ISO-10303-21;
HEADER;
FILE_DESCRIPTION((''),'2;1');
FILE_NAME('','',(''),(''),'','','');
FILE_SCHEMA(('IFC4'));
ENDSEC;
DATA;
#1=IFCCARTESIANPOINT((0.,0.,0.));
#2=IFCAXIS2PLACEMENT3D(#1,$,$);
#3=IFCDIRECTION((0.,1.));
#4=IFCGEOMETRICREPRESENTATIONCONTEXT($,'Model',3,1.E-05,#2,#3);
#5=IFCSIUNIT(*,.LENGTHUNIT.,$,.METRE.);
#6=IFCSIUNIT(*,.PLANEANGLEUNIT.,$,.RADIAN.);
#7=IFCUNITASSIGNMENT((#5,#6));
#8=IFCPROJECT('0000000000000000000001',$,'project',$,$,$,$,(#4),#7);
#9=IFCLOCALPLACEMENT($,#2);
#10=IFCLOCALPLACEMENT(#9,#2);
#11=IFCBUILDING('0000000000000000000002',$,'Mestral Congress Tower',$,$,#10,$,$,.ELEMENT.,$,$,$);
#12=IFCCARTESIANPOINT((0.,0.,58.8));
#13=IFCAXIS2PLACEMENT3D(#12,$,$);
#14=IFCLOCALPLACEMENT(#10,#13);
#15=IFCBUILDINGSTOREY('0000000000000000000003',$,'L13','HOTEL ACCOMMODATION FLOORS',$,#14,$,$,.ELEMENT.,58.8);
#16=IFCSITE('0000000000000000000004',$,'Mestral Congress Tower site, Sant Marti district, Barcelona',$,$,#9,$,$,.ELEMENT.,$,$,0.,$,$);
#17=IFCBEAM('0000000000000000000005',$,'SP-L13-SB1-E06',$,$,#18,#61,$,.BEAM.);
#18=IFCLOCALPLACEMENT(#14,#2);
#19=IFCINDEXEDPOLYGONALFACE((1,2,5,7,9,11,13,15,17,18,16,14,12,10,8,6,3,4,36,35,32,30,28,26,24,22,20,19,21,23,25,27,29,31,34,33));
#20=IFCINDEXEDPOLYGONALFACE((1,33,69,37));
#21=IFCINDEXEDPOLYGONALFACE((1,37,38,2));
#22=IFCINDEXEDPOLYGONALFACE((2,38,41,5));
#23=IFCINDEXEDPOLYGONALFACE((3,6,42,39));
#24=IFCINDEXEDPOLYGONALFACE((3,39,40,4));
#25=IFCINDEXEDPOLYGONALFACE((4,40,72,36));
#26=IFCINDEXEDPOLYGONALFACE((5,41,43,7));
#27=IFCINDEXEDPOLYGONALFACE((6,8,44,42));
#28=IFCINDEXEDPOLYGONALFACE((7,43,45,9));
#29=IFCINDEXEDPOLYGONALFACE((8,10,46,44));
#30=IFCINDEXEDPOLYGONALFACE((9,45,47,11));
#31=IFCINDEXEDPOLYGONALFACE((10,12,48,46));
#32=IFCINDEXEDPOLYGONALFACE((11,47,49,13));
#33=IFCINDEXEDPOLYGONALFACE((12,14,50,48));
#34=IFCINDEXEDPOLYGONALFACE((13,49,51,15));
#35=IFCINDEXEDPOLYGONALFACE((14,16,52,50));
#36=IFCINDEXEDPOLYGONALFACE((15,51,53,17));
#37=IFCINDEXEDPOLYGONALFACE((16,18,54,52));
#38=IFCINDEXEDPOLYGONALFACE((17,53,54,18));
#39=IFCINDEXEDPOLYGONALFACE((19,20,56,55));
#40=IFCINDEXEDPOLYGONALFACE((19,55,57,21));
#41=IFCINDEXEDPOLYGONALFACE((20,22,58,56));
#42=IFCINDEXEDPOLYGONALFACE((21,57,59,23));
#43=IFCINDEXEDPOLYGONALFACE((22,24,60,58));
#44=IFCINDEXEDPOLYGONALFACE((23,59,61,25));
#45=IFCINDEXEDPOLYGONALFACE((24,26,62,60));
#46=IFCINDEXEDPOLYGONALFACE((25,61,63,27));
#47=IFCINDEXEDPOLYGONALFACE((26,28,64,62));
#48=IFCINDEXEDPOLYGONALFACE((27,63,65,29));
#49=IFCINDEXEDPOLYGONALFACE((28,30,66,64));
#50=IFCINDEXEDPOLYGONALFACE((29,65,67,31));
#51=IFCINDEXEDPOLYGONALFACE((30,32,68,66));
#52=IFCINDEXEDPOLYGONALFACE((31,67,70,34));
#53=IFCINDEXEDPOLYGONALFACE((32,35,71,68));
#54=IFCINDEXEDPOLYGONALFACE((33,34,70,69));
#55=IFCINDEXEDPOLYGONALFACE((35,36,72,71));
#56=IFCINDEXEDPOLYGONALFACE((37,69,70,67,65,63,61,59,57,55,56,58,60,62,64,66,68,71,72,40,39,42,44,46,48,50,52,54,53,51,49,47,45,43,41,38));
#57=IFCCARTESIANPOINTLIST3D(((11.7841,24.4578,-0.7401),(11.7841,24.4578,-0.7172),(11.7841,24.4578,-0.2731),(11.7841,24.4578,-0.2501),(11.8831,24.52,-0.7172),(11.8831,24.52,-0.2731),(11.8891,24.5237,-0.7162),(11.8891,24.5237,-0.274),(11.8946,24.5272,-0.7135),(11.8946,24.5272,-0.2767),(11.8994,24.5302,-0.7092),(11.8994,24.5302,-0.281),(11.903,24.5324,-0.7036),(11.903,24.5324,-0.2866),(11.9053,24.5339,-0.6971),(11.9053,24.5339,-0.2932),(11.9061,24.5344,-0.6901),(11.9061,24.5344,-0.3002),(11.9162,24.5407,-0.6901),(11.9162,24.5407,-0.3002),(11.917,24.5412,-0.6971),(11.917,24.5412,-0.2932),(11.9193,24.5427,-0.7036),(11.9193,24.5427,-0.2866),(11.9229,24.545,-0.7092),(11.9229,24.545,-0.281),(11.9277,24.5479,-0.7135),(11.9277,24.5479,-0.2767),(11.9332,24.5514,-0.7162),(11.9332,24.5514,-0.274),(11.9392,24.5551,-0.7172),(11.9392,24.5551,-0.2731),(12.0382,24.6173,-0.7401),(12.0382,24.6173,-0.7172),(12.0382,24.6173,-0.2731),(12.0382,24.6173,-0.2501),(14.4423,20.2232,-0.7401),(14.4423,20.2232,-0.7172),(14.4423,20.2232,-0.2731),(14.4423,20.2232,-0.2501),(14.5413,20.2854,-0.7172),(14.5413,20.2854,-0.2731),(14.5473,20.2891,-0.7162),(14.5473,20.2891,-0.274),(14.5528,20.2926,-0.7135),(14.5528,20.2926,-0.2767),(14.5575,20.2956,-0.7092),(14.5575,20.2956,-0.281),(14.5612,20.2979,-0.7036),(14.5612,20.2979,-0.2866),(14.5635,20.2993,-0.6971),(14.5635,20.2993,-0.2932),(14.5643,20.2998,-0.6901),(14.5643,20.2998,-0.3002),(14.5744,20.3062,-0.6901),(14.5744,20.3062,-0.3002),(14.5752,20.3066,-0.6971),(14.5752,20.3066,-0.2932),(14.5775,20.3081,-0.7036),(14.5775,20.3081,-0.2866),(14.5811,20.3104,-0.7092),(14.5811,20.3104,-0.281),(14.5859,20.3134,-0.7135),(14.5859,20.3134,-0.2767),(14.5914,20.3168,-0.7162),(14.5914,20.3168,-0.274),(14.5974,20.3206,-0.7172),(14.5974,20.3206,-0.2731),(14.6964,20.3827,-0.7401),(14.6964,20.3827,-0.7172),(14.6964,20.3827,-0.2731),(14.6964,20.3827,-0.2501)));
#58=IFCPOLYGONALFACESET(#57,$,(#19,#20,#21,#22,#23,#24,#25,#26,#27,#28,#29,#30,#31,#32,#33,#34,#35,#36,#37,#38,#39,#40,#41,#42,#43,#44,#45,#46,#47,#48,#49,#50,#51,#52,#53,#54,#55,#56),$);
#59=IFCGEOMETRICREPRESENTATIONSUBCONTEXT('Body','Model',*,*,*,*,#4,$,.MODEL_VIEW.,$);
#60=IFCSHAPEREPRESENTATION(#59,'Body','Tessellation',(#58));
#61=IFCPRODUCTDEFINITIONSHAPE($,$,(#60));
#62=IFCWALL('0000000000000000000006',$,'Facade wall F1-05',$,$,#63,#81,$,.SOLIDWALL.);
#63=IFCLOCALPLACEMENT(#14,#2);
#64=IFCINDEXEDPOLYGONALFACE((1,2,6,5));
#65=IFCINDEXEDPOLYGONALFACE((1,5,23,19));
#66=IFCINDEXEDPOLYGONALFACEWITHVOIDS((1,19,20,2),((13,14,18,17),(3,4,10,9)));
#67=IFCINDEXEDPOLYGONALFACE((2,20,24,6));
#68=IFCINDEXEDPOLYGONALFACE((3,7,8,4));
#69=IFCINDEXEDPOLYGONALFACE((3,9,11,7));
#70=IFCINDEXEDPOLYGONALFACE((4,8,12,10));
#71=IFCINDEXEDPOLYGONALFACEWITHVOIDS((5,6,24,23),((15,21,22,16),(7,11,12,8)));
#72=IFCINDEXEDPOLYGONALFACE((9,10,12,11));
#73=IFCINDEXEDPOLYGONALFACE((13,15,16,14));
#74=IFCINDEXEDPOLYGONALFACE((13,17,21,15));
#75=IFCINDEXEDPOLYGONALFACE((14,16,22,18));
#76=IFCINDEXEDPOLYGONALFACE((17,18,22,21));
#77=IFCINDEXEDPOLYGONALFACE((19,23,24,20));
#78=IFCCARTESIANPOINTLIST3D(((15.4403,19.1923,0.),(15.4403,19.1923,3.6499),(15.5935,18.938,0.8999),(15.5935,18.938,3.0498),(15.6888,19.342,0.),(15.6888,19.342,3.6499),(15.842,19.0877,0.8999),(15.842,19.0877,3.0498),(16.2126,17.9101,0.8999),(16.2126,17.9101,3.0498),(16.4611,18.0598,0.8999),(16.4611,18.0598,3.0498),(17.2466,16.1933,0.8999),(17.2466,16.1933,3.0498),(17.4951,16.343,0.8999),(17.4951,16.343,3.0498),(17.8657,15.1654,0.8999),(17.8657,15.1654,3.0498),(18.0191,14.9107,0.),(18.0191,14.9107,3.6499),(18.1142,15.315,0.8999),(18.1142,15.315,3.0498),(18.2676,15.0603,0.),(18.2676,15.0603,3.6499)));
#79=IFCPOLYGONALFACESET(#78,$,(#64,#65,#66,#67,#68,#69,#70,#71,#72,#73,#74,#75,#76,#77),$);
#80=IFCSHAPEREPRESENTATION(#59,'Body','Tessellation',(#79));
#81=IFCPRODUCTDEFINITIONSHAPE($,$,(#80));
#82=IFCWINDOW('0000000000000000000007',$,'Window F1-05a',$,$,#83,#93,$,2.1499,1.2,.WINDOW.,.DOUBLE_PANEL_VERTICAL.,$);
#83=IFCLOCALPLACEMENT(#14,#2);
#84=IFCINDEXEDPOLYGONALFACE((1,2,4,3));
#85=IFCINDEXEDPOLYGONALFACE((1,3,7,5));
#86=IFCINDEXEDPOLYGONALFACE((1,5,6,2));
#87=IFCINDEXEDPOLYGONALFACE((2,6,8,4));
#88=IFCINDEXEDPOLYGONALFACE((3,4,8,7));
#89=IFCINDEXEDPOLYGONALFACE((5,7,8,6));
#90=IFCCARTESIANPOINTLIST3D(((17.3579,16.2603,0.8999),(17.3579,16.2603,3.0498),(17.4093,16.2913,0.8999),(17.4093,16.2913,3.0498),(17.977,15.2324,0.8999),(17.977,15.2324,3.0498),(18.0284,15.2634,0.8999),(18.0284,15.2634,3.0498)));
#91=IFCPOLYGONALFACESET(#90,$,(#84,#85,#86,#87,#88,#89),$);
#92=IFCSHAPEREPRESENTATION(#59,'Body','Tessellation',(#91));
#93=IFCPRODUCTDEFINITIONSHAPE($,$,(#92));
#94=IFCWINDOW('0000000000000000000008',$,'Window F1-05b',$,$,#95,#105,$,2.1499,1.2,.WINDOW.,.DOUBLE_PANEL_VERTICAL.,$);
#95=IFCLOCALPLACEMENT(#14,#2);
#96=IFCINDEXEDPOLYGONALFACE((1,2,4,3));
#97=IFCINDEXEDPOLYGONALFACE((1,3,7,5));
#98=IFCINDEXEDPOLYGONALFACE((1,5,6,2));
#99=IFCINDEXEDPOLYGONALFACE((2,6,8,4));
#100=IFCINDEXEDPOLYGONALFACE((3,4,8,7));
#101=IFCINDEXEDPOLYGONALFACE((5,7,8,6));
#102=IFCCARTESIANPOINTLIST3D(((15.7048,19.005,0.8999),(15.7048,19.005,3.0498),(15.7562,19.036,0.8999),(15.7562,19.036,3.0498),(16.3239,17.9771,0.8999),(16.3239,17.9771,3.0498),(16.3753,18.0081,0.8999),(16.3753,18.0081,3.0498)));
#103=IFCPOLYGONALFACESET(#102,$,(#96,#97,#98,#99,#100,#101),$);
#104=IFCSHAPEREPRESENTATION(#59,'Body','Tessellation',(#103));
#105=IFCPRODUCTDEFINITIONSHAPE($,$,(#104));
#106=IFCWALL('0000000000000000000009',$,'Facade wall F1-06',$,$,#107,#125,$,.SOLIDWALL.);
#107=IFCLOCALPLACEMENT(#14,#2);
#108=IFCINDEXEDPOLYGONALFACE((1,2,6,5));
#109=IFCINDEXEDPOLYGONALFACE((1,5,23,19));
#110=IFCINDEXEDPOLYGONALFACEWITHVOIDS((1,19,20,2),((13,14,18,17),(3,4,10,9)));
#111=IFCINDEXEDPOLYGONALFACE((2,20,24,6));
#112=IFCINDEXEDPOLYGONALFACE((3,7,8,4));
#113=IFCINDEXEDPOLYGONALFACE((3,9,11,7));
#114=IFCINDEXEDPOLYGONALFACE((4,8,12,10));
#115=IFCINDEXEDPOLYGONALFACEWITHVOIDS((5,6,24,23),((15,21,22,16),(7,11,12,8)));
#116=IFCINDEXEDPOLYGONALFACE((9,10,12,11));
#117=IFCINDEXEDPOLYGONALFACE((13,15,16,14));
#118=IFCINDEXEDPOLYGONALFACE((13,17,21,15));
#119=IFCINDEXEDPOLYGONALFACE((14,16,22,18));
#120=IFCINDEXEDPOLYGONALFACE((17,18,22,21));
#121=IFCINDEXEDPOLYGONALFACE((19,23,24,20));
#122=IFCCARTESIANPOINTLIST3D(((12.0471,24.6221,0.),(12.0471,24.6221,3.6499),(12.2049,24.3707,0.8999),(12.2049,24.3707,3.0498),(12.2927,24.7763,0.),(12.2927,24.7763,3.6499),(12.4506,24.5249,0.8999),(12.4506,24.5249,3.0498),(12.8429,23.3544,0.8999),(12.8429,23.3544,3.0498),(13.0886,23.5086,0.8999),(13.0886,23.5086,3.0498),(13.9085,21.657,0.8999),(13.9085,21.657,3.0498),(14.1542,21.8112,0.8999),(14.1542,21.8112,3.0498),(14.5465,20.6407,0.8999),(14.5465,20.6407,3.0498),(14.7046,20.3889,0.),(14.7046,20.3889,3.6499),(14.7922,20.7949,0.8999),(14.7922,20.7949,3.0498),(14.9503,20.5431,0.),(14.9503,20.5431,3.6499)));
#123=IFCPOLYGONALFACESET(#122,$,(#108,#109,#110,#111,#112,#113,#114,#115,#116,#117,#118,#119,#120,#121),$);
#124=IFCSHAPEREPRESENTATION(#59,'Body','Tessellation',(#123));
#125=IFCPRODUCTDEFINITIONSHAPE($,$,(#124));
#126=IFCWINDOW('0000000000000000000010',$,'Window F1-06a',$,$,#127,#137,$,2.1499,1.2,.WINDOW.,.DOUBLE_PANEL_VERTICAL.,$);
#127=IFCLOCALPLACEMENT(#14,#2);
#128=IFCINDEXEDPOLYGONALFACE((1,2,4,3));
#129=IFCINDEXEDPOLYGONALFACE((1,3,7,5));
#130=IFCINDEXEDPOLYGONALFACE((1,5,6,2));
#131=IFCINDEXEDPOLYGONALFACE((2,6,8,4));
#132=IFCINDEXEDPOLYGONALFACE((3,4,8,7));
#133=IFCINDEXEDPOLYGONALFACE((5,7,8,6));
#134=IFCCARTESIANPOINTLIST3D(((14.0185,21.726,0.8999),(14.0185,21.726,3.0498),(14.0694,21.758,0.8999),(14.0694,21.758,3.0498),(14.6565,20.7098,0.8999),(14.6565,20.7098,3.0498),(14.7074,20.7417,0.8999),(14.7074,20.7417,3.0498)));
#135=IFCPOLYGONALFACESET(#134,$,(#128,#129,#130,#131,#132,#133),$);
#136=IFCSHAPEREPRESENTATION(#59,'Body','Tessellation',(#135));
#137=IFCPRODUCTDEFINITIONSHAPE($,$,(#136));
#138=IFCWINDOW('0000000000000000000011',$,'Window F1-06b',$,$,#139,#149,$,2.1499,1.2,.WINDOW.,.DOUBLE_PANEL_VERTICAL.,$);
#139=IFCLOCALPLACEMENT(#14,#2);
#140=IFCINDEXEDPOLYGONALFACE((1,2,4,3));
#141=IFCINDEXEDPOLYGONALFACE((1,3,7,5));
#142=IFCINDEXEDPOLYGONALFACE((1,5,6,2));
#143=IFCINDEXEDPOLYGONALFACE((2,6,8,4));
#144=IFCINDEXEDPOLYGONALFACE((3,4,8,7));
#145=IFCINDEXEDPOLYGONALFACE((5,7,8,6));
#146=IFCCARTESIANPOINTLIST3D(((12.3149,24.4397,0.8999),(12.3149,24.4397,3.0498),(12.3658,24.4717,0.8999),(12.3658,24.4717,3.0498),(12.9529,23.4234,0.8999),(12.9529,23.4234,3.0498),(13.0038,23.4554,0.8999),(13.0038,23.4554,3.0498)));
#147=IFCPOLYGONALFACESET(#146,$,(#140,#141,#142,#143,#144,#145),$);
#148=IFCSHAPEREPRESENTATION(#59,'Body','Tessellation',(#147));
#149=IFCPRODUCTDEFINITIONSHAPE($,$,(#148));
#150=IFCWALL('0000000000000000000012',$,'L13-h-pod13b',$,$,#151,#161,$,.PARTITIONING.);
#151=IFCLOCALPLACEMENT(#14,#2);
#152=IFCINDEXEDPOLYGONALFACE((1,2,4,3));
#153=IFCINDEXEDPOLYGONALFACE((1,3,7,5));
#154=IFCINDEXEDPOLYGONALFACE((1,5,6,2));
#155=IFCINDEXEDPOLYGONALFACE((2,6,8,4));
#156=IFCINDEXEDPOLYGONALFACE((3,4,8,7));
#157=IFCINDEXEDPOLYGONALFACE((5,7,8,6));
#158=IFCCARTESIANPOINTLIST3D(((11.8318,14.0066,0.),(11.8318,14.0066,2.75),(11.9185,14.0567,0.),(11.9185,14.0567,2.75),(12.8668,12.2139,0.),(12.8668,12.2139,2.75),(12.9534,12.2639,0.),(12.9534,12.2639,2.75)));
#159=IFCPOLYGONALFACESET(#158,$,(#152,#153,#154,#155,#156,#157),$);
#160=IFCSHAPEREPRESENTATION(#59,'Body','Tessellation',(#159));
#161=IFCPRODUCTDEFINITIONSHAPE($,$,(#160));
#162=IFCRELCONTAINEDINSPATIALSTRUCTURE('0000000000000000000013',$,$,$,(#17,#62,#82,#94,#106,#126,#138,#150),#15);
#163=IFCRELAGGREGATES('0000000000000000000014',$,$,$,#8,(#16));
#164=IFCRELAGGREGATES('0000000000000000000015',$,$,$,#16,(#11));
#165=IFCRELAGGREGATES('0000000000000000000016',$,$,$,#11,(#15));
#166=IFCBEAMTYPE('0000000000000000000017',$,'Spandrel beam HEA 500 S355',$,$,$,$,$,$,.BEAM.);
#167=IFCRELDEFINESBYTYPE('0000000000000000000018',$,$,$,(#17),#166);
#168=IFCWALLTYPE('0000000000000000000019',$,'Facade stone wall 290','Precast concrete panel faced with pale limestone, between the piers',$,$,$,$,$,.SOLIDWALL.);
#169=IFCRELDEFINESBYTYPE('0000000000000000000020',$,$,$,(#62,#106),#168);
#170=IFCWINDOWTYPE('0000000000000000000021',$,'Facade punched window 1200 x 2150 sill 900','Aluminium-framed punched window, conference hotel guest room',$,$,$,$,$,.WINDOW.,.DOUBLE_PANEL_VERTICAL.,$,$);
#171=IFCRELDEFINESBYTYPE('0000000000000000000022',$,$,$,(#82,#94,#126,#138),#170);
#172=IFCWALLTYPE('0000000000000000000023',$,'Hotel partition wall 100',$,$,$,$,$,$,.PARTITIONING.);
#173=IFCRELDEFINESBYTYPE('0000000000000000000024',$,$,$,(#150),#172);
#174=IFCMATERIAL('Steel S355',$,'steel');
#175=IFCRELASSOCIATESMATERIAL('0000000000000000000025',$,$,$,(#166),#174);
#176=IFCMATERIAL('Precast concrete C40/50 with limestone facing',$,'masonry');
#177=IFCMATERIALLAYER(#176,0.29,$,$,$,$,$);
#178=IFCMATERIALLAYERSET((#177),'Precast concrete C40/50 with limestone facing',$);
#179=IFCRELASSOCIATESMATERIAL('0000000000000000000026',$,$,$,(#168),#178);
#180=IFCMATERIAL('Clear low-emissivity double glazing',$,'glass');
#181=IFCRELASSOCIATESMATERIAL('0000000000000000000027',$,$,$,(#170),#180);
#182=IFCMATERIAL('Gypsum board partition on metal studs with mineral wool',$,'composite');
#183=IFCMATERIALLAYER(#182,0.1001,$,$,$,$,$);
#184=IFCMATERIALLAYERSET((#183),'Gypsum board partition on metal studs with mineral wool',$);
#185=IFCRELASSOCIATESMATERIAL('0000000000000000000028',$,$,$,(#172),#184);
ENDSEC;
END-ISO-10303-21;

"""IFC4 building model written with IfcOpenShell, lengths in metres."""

from ifc_helpers import new_model, si_unit, direction, frame, frame_2d, origin, origin_2d, place, context, subcontext, project, spatial, rectangle, i_section, extrude, material, layer, layer_set, material_profile, profile_set, type_object, element, fill, save


model = new_model("IFC4")

# Units and contexts
model_context = context("Model", 3, precision=1e-05, world=origin(), true_north=direction((0.0, 1.0)))
body_context = subcontext(model_context, "Body", "Model", "MODEL_VIEW")
ifc_project = project(units=[si_unit("LENGTHUNIT", "METRE"), si_unit("PLANEANGLEUNIT", "RADIAN")], contexts=[model_context])

# Site, building, storey
site_placement = place(None, origin())
site = spatial("IfcSite", under=ifc_project, at=site_placement, Name="Mestral Congress Tower site, Sant Marti district, Barcelona", CompositionType="ELEMENT", RefElevation=0.0)
building_placement = place(site_placement, origin())
building = spatial("IfcBuilding", under=site, at=building_placement, Name="Mestral Congress Tower", CompositionType="ELEMENT")
storey_placement = place(building_placement, frame((0.0, 0.0, 58.8)))
storey = spatial("IfcBuildingStorey", under=building, at=storey_placement, Name="L13", Description="HOTEL ACCOMMODATION FLOORS", CompositionType="ELEMENT", Elevation=58.8)

# Beam
ifc_material_1 = material(Name="Steel S355", Category="steel")
ifc_material_profile_1 = material_profile(ifc_material_1, i_section(OverallWidth=0.3, OverallDepth=0.49, WebThickness=0.012, FlangeThickness=0.0229, FilletRadius=0.0271, at=origin_2d()), Name="HEA 500")
ifc_profile_set_1 = profile_set([ifc_material_profile_1], Name="Steel S355")
beam_type_1 = type_object("IfcBeamType", Name="Spandrel beam HEA 500 S355", PredefinedType="BEAM", material=ifc_profile_set_1)
for number, where, z_axis, x_axis, name in (
    (1, (14.5693, 20.303, -0.4951), (-0.531661, 0.846957, 0.0), (-0.846957, -0.531661, 0.0), "SP-L13-SB1-E06"),
):
    element("IfcBeam", number, at=place(storey_placement, frame(where, z_axis=z_axis, x_axis=x_axis)), inside=storey, type_object=beam_type_1, Name=name, PredefinedType="BEAM", context=body_context, shape_type="SweptSolid", body=[
        extrude(i_section(OverallWidth=0.3, OverallDepth=0.49, WebThickness=0.012, FlangeThickness=0.0229, FilletRadius=0.0271, at=origin_2d()), origin(), (0.0, 0.0, 1.0), 4.9998),
    ])

# Walls, openings, windows
ifc_material_2 = material(Name="Precast concrete C40/50 with limestone facing", Category="masonry")
ifc_layer_1 = layer(ifc_material_2, 0.29)
ifc_layer_set_1 = layer_set([ifc_layer_1], Name="Precast concrete C40/50 with limestone facing")
wall_type_1 = type_object("IfcWallType", Name="Facade stone wall 290", Description="Precast concrete panel faced with pale limestone, between the piers", PredefinedType="SOLIDWALL", material=ifc_layer_set_1)
wall_1_placement = place(storey_placement, frame((18.1433, 14.9856, 0.0), z_axis=(0.0, 0.0, 1.0), x_axis=(-0.515939, 0.856625, 0.0)))
wall_1 = element("IfcWall", 2, at=wall_1_placement, inside=storey, type_object=wall_type_1, Name="Facade wall F1-05", PredefinedType="SOLIDWALL", context=body_context, shape_type="SweptSolid", body=[
    extrude(rectangle(XDim=4.9983, YDim=0.29, at=frame_2d((2.499, 0.0))), origin(), (0.0, 0.0, 1.0), 3.6499),
])
opening_1_placement = place(wall_1_placement, frame((0.2971, 0.0, 0.8999)))
opening_1 = element("IfcOpeningElement", 3, at=opening_1_placement, cuts=wall_1, PredefinedType="OPENING", context=body_context, shape_type="SweptSolid", body=[
    extrude(rectangle(XDim=1.2, YDim=2.1499, at=frame_2d((0.6001, 1.075))), frame((0.0, 0.155, 0.0), z_axis=(0.0, -1.0, 0.0), x_axis=(1.0, 0.0, 0.0)), (0.0, 0.0, 1.0), 0.3101),
])
opening_2_placement = place(wall_1_placement, frame((3.5012, 0.0, 0.8999)))
opening_2 = element("IfcOpeningElement", 4, at=opening_2_placement, cuts=wall_1, PredefinedType="OPENING", context=body_context, shape_type="SweptSolid", body=[
    extrude(rectangle(XDim=1.2, YDim=2.1499, at=frame_2d((0.6001, 1.075))), frame((0.0, 0.155, 0.0), z_axis=(0.0, -1.0, 0.0), x_axis=(1.0, 0.0, 0.0)), (0.0, 0.0, 1.0), 0.3101),
])
ifc_material_3 = material(Name="Clear low-emissivity double glazing", Category="glass")
window_type = type_object("IfcWindowType", Name="Facade punched window 1200 x 2150 sill 900", Description="Aluminium-framed punched window, conference hotel guest room", PartitioningType="DOUBLE_PANEL_VERTICAL", PredefinedType="WINDOW", material=ifc_material_3)
window_1_placement = place(opening_1_placement, origin())
window_1 = element("IfcWindow", 5, at=window_1_placement, inside=storey, type_object=window_type, Name="Window F1-05a", OverallHeight=2.1499, OverallWidth=1.2, PartitioningType="DOUBLE_PANEL_VERTICAL", PredefinedType="WINDOW", context=body_context, shape_type="SweptSolid", body=[
    extrude(rectangle(XDim=1.2, YDim=2.1499, at=frame_2d((0.6001, 1.075))), frame((0.0, 0.0151, 0.0), z_axis=(0.0, -1.0, 0.0), x_axis=(1.0, 0.0, 0.0)), (0.0, 0.0, 1.0), 0.0601),
])
fill(opening_1, window_1)
window_2_placement = place(opening_2_placement, origin())
window_2 = element("IfcWindow", 6, at=window_2_placement, inside=storey, type_object=window_type, Name="Window F1-05b", OverallHeight=2.1499, OverallWidth=1.2, PartitioningType="DOUBLE_PANEL_VERTICAL", PredefinedType="WINDOW", context=body_context, shape_type="SweptSolid", body=[
    extrude(rectangle(XDim=1.2, YDim=2.1499, at=frame_2d((0.6001, 1.075))), frame((0.0, 0.0151, 0.0), z_axis=(0.0, -1.0, 0.0), x_axis=(1.0, 0.0, 0.0)), (0.0, 0.0, 1.0), 0.0601),
])
fill(opening_2, window_2)
wall_2_placement = place(storey_placement, frame((14.8274, 20.4661, 0.0), z_axis=(0.0, 0.0, 1.0), x_axis=(-0.531688, 0.84694, 0.0)))
wall_2 = element("IfcWall", 7, at=wall_2_placement, inside=storey, type_object=wall_type_1, Name="Facade wall F1-06", PredefinedType="SOLIDWALL", context=body_context, shape_type="SweptSolid", body=[
    extrude(rectangle(XDim=4.9983, YDim=0.29, at=frame_2d((2.499, 0.0))), origin(), (0.0, 0.0, 1.0), 3.6499),
])
opening_3_placement = place(wall_2_placement, frame((0.2971, 0.0, 0.8999)))
opening_3 = element("IfcOpeningElement", 8, at=opening_3_placement, cuts=wall_2, PredefinedType="OPENING", context=body_context, shape_type="SweptSolid", body=[
    extrude(rectangle(XDim=1.2, YDim=2.1499, at=frame_2d((0.6001, 1.075))), frame((0.0, 0.155, 0.0), z_axis=(0.0, -1.0, 0.0), x_axis=(1.0, 0.0, 0.0)), (0.0, 0.0, 1.0), 0.3101),
])
opening_4_placement = place(wall_2_placement, frame((3.5012, 0.0, 0.8999)))
opening_4 = element("IfcOpeningElement", 9, at=opening_4_placement, cuts=wall_2, PredefinedType="OPENING", context=body_context, shape_type="SweptSolid", body=[
    extrude(rectangle(XDim=1.2, YDim=2.1499, at=frame_2d((0.6001, 1.075))), frame((0.0, 0.155, 0.0), z_axis=(0.0, -1.0, 0.0), x_axis=(1.0, 0.0, 0.0)), (0.0, 0.0, 1.0), 0.3101),
])
window_3_placement = place(opening_3_placement, origin())
window_3 = element("IfcWindow", 10, at=window_3_placement, inside=storey, type_object=window_type, Name="Window F1-06a", OverallHeight=2.1499, OverallWidth=1.2, PartitioningType="DOUBLE_PANEL_VERTICAL", PredefinedType="WINDOW", context=body_context, shape_type="SweptSolid", body=[
    extrude(rectangle(XDim=1.2, YDim=2.1499, at=frame_2d((0.6001, 1.075))), frame((0.0, 0.0151, 0.0), z_axis=(0.0, -1.0, 0.0), x_axis=(1.0, 0.0, 0.0)), (0.0, 0.0, 1.0), 0.0601),
])
fill(opening_3, window_3)
window_4_placement = place(opening_4_placement, origin())
window_4 = element("IfcWindow", 11, at=window_4_placement, inside=storey, type_object=window_type, Name="Window F1-06b", OverallHeight=2.1499, OverallWidth=1.2, PartitioningType="DOUBLE_PANEL_VERTICAL", PredefinedType="WINDOW", context=body_context, shape_type="SweptSolid", body=[
    extrude(rectangle(XDim=1.2, YDim=2.1499, at=frame_2d((0.6001, 1.075))), frame((0.0, 0.0151, 0.0), z_axis=(0.0, -1.0, 0.0), x_axis=(1.0, 0.0, 0.0)), (0.0, 0.0, 1.0), 0.0601),
])
fill(opening_4, window_4)

# Wall
ifc_material_4 = material(Name="Gypsum board partition on metal studs with mineral wool", Category="composite")
ifc_layer_2 = layer(ifc_material_4, 0.1001)
ifc_layer_set_2 = layer_set([ifc_layer_2], Name="Gypsum board partition on metal studs with mineral wool")
wall_type_2 = type_object("IfcWallType", Name="Hotel partition wall 100", PredefinedType="PARTITIONING", material=ifc_layer_set_2)
wall_3_placement = place(storey_placement, frame((12.9102, 12.2388, 0.0), z_axis=(0.0, 0.0, 1.0), x_axis=(-0.499957, 0.86605, 0.0)))
element("IfcWall", 12, at=wall_3_placement, inside=storey, type_object=wall_type_2, Name="L13-h-pod13b", PredefinedType="PARTITIONING", context=body_context, shape_type="SweptSolid", body=[
    extrude(rectangle(XDim=2.0701, YDim=0.1001, at=frame_2d((1.0352, 0.0))), origin(), (0.0, 0.0, 1.0), 2.75),
])

save(model, "model.ifc")
